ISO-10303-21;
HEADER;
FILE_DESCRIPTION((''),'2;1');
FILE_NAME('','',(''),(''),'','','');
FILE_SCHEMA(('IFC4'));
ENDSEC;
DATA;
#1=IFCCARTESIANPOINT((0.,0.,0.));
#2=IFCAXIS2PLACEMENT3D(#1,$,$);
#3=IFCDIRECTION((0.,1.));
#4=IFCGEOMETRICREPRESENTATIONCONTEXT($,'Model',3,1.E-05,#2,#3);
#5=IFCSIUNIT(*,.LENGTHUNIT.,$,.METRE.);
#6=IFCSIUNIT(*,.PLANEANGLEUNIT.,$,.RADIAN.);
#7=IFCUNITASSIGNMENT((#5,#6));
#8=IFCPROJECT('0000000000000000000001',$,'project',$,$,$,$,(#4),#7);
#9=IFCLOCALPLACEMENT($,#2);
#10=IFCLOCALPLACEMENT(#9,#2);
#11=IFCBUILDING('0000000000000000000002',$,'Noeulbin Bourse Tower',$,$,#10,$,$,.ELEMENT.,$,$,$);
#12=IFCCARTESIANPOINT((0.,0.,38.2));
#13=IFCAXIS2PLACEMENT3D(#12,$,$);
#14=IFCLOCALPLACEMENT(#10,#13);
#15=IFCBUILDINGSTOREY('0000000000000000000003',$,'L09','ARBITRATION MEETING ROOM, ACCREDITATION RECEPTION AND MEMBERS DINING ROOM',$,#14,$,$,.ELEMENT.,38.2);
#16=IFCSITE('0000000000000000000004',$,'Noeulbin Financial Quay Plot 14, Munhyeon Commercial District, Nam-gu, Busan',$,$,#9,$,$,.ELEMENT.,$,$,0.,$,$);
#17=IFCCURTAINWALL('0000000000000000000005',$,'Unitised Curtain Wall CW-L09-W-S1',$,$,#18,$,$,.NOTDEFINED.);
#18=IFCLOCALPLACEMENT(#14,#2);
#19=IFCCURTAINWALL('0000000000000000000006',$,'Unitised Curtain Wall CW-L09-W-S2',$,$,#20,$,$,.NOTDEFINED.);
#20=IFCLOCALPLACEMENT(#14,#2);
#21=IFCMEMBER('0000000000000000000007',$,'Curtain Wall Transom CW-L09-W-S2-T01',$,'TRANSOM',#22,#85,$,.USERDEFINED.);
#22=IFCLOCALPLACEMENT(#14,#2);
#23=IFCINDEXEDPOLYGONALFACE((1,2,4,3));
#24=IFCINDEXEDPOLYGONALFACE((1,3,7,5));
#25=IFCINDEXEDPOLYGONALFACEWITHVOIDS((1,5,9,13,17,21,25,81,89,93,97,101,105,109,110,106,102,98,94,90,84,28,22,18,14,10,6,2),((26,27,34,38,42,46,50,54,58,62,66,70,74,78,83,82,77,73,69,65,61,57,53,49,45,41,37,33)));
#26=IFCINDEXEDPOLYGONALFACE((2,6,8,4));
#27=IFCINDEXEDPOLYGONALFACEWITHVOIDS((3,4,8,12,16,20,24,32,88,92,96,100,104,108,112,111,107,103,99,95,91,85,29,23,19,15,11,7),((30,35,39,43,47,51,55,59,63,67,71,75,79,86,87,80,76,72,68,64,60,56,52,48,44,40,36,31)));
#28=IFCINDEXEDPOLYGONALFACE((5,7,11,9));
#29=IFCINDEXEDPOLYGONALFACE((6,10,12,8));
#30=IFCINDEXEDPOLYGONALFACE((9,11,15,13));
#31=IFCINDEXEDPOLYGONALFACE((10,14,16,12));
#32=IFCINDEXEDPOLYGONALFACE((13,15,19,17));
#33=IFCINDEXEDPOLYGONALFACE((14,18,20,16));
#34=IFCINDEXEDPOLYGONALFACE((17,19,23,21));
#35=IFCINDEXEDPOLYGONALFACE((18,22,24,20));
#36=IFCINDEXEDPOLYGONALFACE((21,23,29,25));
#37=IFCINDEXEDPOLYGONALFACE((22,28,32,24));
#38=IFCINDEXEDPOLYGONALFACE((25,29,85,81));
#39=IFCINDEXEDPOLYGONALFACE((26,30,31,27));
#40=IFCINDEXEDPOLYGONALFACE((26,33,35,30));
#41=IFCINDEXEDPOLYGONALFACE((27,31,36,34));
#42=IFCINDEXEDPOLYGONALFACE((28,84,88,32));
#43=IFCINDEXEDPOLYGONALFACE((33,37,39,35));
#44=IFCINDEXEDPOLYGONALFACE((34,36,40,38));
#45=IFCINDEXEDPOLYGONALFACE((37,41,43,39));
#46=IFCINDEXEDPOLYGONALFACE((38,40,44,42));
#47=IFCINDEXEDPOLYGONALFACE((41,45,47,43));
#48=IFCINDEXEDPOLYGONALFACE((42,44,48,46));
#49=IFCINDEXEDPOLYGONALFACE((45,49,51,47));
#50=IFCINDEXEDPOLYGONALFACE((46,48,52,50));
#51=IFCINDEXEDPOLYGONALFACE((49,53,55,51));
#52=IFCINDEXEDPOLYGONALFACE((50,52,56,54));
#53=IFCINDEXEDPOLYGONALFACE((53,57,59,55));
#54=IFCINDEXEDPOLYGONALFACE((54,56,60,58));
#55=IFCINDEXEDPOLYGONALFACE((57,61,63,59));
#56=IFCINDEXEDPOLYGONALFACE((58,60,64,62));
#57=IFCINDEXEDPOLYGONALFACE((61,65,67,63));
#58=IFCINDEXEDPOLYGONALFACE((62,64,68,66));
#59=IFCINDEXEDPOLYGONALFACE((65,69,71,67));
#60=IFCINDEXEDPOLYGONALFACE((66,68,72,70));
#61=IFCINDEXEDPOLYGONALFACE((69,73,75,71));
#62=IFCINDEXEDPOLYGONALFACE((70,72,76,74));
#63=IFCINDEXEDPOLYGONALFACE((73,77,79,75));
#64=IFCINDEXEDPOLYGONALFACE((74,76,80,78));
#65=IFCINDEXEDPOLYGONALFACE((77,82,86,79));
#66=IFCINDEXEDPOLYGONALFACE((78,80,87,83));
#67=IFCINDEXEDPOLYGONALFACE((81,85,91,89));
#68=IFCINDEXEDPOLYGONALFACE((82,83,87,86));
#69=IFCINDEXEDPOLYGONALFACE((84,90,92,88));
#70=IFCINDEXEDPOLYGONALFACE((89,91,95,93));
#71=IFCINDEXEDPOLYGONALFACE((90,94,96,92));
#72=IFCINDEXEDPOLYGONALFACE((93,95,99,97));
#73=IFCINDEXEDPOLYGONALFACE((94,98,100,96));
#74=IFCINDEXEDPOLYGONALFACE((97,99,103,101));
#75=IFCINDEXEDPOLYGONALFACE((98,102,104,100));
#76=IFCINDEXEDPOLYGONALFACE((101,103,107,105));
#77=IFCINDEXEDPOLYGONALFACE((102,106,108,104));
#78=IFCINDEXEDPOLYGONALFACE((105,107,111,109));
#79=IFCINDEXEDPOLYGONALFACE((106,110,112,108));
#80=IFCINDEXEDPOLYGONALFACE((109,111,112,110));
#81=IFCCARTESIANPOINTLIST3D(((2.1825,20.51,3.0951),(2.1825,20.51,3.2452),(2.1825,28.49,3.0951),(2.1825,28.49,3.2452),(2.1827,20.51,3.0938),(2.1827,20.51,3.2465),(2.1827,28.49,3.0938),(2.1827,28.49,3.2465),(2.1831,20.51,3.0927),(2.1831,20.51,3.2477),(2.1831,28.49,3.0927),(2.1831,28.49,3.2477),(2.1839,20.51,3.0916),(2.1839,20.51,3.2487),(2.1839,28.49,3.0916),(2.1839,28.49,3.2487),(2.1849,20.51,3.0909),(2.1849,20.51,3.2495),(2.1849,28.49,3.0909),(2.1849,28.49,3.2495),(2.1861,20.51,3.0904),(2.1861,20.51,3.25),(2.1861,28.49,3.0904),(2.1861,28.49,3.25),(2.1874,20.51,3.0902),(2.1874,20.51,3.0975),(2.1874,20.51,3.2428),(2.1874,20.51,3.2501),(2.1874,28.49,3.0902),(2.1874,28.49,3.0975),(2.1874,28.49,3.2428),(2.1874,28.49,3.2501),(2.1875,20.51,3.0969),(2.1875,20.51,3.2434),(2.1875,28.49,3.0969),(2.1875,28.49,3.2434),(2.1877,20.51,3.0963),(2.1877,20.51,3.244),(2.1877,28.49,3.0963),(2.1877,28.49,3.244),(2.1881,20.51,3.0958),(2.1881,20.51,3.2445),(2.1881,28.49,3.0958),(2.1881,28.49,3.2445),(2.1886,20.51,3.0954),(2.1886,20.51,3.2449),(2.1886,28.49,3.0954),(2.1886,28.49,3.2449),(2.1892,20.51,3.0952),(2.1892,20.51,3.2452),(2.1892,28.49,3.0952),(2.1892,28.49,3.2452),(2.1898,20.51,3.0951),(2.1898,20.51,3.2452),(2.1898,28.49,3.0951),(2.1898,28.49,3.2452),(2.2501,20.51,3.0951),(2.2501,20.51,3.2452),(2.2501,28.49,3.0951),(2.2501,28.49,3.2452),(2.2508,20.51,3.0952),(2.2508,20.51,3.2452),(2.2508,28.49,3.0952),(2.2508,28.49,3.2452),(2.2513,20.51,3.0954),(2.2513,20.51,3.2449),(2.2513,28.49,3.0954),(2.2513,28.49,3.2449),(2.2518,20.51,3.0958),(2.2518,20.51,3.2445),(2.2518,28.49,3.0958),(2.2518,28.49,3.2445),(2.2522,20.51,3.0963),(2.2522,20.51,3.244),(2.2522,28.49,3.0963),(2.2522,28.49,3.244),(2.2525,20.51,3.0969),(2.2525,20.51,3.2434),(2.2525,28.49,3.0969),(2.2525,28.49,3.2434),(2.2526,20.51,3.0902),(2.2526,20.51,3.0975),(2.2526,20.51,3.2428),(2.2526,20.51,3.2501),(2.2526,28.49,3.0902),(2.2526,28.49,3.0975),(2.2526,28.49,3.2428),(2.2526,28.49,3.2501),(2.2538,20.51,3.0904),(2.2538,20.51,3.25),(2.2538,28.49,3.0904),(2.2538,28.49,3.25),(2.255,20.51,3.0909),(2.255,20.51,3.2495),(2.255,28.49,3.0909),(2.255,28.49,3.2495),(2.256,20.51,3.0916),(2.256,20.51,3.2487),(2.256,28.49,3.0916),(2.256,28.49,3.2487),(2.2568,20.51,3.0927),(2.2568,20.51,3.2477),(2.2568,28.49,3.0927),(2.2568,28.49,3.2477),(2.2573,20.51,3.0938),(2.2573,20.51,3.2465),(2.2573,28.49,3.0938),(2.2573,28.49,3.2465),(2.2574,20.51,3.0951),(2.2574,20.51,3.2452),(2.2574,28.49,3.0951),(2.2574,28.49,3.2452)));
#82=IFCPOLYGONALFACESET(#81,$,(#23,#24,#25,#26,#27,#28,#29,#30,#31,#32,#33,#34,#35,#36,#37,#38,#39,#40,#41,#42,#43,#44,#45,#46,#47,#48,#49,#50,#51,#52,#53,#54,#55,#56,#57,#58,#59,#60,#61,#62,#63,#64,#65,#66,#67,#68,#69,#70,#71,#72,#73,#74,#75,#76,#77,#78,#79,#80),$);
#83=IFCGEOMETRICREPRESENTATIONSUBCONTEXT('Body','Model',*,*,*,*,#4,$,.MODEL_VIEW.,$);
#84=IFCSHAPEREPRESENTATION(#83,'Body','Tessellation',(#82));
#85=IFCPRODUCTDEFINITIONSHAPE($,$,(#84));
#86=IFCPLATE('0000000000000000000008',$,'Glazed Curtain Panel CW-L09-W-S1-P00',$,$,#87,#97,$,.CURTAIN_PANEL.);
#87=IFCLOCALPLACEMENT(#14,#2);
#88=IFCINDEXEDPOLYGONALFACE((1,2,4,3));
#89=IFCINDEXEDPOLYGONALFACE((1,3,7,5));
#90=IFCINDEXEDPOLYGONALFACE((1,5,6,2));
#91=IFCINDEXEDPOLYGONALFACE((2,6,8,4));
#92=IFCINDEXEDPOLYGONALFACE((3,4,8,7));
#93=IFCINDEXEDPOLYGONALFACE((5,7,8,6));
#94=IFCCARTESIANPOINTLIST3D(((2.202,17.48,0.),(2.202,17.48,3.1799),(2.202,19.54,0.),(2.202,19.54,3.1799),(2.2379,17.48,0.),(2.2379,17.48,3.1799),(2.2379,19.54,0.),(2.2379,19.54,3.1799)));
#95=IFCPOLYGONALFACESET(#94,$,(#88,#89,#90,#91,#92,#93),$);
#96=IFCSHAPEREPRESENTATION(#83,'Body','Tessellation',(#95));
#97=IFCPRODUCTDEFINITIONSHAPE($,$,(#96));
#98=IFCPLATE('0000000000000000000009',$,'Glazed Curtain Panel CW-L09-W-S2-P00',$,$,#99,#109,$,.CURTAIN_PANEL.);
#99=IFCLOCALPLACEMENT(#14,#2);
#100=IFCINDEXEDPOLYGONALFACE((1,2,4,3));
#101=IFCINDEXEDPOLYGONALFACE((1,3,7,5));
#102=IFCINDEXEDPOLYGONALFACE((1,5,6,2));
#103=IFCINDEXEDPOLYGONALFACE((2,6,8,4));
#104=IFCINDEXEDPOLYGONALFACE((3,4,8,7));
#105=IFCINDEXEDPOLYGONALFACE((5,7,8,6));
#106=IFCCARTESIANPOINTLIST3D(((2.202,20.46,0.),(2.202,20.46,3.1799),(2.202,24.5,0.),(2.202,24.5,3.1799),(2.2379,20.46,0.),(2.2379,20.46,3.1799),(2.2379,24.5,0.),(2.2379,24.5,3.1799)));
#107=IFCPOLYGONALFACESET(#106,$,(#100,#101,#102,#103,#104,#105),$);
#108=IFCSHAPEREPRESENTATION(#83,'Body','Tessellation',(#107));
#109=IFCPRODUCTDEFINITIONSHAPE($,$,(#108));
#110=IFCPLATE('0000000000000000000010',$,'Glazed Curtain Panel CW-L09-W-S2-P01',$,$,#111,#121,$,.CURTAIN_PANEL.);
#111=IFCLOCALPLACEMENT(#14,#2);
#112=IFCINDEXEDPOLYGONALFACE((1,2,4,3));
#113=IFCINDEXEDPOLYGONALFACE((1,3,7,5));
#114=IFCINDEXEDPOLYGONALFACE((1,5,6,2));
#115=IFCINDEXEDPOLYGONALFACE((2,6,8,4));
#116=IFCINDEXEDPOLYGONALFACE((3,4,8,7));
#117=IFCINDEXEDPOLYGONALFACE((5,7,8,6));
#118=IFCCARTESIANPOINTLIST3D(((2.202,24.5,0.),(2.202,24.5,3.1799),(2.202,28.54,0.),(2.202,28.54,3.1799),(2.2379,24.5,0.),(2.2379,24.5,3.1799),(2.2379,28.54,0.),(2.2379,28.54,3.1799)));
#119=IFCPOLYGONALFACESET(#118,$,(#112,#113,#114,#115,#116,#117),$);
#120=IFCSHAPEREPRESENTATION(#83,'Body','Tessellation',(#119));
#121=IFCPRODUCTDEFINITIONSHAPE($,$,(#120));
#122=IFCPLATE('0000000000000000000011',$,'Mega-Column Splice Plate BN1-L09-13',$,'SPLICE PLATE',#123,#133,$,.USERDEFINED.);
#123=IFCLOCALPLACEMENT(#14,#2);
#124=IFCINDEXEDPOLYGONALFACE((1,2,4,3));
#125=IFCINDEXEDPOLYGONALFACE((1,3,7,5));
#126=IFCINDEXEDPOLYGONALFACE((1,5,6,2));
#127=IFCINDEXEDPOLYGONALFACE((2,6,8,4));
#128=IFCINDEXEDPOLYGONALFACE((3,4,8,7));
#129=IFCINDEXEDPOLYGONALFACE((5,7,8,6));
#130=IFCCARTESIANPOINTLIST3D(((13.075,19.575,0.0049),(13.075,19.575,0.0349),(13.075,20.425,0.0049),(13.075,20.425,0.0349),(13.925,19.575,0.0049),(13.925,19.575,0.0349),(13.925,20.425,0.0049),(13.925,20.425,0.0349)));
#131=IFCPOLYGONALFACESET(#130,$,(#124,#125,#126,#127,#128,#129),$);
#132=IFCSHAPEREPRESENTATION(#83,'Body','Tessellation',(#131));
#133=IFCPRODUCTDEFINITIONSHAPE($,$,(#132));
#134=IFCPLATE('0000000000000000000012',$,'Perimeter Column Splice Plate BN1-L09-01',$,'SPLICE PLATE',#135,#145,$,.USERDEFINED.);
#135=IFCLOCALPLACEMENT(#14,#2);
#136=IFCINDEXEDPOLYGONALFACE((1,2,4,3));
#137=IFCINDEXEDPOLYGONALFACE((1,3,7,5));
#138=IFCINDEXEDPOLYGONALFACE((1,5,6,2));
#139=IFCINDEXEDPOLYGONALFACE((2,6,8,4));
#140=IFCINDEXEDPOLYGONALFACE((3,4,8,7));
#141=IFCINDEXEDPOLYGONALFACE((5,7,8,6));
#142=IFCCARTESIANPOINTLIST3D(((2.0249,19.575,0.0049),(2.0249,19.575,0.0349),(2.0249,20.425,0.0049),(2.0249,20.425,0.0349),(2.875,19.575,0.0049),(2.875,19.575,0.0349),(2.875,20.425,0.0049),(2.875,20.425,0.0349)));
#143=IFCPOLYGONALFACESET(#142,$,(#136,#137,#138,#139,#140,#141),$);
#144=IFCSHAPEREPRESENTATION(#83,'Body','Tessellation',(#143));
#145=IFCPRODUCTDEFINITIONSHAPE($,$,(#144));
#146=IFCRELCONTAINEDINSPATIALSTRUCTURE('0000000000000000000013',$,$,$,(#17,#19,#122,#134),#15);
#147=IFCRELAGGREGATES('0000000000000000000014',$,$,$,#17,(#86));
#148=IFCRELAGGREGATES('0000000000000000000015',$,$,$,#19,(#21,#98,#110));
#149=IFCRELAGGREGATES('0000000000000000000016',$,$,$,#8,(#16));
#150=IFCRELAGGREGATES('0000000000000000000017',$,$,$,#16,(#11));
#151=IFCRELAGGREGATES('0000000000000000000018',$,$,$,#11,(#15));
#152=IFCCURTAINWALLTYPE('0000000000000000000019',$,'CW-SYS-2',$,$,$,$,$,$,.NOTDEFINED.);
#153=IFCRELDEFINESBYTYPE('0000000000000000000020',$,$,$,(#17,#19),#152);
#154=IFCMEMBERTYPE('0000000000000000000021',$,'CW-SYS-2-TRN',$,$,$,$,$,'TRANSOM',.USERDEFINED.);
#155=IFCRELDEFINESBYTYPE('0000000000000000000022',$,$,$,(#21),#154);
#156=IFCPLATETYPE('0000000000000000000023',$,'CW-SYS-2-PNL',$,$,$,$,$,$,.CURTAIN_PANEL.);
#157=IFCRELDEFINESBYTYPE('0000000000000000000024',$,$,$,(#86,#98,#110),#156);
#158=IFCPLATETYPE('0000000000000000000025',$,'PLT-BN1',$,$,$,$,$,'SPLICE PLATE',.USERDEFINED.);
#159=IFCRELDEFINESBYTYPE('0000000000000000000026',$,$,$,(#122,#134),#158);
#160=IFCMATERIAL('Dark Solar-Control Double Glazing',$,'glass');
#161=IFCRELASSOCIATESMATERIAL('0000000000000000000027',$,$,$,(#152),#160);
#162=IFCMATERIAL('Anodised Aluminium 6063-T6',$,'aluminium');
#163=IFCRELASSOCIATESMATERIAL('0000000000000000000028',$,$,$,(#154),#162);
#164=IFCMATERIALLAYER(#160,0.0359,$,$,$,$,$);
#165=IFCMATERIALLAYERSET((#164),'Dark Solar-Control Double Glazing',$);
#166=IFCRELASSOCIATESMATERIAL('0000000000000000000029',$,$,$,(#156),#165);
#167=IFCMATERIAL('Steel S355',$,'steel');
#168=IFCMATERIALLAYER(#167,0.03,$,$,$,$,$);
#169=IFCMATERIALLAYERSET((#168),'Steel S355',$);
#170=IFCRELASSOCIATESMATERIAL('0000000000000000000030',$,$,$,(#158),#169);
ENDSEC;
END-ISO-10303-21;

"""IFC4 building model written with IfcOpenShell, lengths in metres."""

from ifc_helpers import new_model, si_unit, direction, frame, origin, origin_2d, place, context, subcontext, project, spatial, rectangle, hollow_rectangle, extrude, material, layer, layer_set, material_profile, profile_set, type_object, element, aggregate, save


model = new_model("IFC4")

# Units and contexts
model_context = context("Model", 3, precision=1e-05, world=origin(), true_north=direction((0.0, 1.0)))
body_context = subcontext(model_context, "Body", "Model", "MODEL_VIEW")
ifc_project = project(units=[si_unit("LENGTHUNIT", "METRE"), si_unit("PLANEANGLEUNIT", "RADIAN")], contexts=[model_context])

# Site, building, storey
site_placement = place(None, origin())
site = spatial("IfcSite", under=ifc_project, at=site_placement, Name="Noeulbin Financial Quay Plot 14, Munhyeon Commercial District, Nam-gu, Busan", CompositionType="ELEMENT", RefElevation=0.0)
building_placement = place(site_placement, origin())
building = spatial("IfcBuilding", under=site, at=building_placement, Name="Noeulbin Bourse Tower", CompositionType="ELEMENT")
storey_placement = place(building_placement, frame((0.0, 0.0, 38.2)))
storey = spatial("IfcBuildingStorey", under=building, at=storey_placement, Name="L09", Description="ARBITRATION MEETING ROOM, ACCREDITATION RECEPTION AND MEMBERS DINING ROOM", CompositionType="ELEMENT", Elevation=38.2)

# Shared definitions
ifc_material_1 = material(Name="Steel S355", Category="steel")

# Curtain wall
ifc_material_2 = material(Name="Dark Solar-Control Double Glazing", Category="glass")
curtain_wall_type = type_object("IfcCurtainWallType", Name="CW-SYS-2", PredefinedType="NOTDEFINED", material=ifc_material_2)
curtain_wall_1_placement = place(storey_placement, origin())
curtain_wall_1 = element("IfcCurtainWall", 1, at=curtain_wall_1_placement, inside=storey, type_object=curtain_wall_type, Name="Unitised Curtain Wall CW-L09-W-S1", PredefinedType="NOTDEFINED")
ifc_material_3 = material(Name="Anodised Aluminium 6063-T6", Category="aluminium")

# Curtain wall
curtain_wall_2_placement = place(storey_placement, origin())
curtain_wall_2 = element("IfcCurtainWall", 2, at=curtain_wall_2_placement, inside=storey, type_object=curtain_wall_type, Name="Unitised Curtain Wall CW-L09-W-S2", PredefinedType="NOTDEFINED")

# Member
ifc_material_profile_1 = material_profile(ifc_material_3, hollow_rectangle(XDim=0.075, YDim=0.1599, WallThickness=0.0049, InnerFilletRadius=0.0024, OuterFilletRadius=0.0049, at=origin_2d()), Name="ALU-TRAN-75x160x5", Category="LoadBearing")
ifc_profile_set_1 = profile_set([ifc_material_profile_1], Name="Anodised Aluminium 6063-T6")
member_type_1 = type_object("IfcMemberType", Name="CW-SYS-2-TRN", ElementType="TRANSOM", PredefinedType="USERDEFINED", material=ifc_profile_set_1)
member_1_placement = place(storey_placement, frame((2.22, 20.51, 3.1702), z_axis=(0.0, 1.0, 0.0), x_axis=(-1.0, 0.0, 0.0)))
member_1 = element("IfcMember", 3, at=member_1_placement, type_object=member_type_1, Name="Curtain Wall Transom CW-L09-W-S2-T01", ObjectType="TRANSOM", PredefinedType="USERDEFINED", context=body_context, shape_type="SweptSolid", body=[
    extrude(hollow_rectangle(XDim=0.075, YDim=0.1599, WallThickness=0.0049, InnerFilletRadius=0.0024, OuterFilletRadius=0.0049, at=origin_2d()), origin(), (0.0, 0.0, 1.0), 7.98),
])

# Plates
ifc_layer_1 = layer(ifc_material_2, 0.0359)
ifc_layer_set_1 = layer_set([ifc_layer_1], Name="Dark Solar-Control Double Glazing")
plate_type_1 = type_object("IfcPlateType", Name="CW-SYS-2-PNL", PredefinedType="CURTAIN_PANEL", material=ifc_layer_set_1)
plate_1_placement = place(storey_placement, frame((2.22, 18.51, 0.0), z_axis=(0.0, 0.0, 1.0), x_axis=(0.0, 1.0, 0.0)))
plate_1 = element("IfcPlate", 4, at=plate_1_placement, type_object=plate_type_1, Name="Glazed Curtain Panel CW-L09-W-S1-P00", PredefinedType="CURTAIN_PANEL", context=body_context, shape_type="SweptSolid", body=[
    extrude(rectangle(XDim=2.0601, YDim=0.0359, at=origin_2d()), origin(), (0.0, 0.0, 1.0), 3.1799),
])
aggregate(curtain_wall_1, [plate_1])
plate_2_placement = place(storey_placement, frame((2.22, 22.48, 0.0), z_axis=(0.0, 0.0, 1.0), x_axis=(0.0, 1.0, 0.0)))
plate_2 = element("IfcPlate", 5, at=plate_2_placement, type_object=plate_type_1, Name="Glazed Curtain Panel CW-L09-W-S2-P00", PredefinedType="CURTAIN_PANEL", context=body_context, shape_type="SweptSolid", body=[
    extrude(rectangle(XDim=4.04, YDim=0.0359, at=origin_2d()), origin(), (0.0, 0.0, 1.0), 3.1799),
])
plate_3_placement = place(storey_placement, frame((2.22, 26.52, 0.0), z_axis=(0.0, 0.0, 1.0), x_axis=(0.0, 1.0, 0.0)))
plate_3 = element("IfcPlate", 6, at=plate_3_placement, type_object=plate_type_1, Name="Glazed Curtain Panel CW-L09-W-S2-P01", PredefinedType="CURTAIN_PANEL", context=body_context, shape_type="SweptSolid", body=[
    extrude(rectangle(XDim=4.04, YDim=0.0359, at=origin_2d()), origin(), (0.0, 0.0, 1.0), 3.1799),
])
aggregate(curtain_wall_2, [member_1, plate_2, plate_3])

# Plates
ifc_layer_2 = layer(ifc_material_1, 0.03)
ifc_layer_set_2 = layer_set([ifc_layer_2], Name="Steel S355")
plate_type_2 = type_object("IfcPlateType", Name="PLT-BN1", ElementType="SPLICE PLATE", PredefinedType="USERDEFINED", material=ifc_layer_set_2)
for number, where, z_axis, x_axis, name in (
    (7, (13.5, 20.0, 0.0049), (0.0, 0.0, 1.0), (1.0, 0.0, 0.0), "Mega-Column Splice Plate BN1-L09-13"),
    (8, (2.45, 20.0, 0.0049), (0.0, 0.0, 1.0), (1.0, 0.0, 0.0), "Perimeter Column Splice Plate BN1-L09-01"),
):
    element("IfcPlate", number, at=place(storey_placement, frame(where, z_axis=z_axis, x_axis=x_axis)), inside=storey, type_object=plate_type_2, Name=name, ObjectType="SPLICE PLATE", PredefinedType="USERDEFINED", context=body_context, shape_type="SweptSolid", body=[
        extrude(rectangle(XDim=0.8501, YDim=0.8501, at=origin_2d()), origin(), (0.0, 0.0, 1.0), 0.03),
    ])

save(model, "model.ifc")
